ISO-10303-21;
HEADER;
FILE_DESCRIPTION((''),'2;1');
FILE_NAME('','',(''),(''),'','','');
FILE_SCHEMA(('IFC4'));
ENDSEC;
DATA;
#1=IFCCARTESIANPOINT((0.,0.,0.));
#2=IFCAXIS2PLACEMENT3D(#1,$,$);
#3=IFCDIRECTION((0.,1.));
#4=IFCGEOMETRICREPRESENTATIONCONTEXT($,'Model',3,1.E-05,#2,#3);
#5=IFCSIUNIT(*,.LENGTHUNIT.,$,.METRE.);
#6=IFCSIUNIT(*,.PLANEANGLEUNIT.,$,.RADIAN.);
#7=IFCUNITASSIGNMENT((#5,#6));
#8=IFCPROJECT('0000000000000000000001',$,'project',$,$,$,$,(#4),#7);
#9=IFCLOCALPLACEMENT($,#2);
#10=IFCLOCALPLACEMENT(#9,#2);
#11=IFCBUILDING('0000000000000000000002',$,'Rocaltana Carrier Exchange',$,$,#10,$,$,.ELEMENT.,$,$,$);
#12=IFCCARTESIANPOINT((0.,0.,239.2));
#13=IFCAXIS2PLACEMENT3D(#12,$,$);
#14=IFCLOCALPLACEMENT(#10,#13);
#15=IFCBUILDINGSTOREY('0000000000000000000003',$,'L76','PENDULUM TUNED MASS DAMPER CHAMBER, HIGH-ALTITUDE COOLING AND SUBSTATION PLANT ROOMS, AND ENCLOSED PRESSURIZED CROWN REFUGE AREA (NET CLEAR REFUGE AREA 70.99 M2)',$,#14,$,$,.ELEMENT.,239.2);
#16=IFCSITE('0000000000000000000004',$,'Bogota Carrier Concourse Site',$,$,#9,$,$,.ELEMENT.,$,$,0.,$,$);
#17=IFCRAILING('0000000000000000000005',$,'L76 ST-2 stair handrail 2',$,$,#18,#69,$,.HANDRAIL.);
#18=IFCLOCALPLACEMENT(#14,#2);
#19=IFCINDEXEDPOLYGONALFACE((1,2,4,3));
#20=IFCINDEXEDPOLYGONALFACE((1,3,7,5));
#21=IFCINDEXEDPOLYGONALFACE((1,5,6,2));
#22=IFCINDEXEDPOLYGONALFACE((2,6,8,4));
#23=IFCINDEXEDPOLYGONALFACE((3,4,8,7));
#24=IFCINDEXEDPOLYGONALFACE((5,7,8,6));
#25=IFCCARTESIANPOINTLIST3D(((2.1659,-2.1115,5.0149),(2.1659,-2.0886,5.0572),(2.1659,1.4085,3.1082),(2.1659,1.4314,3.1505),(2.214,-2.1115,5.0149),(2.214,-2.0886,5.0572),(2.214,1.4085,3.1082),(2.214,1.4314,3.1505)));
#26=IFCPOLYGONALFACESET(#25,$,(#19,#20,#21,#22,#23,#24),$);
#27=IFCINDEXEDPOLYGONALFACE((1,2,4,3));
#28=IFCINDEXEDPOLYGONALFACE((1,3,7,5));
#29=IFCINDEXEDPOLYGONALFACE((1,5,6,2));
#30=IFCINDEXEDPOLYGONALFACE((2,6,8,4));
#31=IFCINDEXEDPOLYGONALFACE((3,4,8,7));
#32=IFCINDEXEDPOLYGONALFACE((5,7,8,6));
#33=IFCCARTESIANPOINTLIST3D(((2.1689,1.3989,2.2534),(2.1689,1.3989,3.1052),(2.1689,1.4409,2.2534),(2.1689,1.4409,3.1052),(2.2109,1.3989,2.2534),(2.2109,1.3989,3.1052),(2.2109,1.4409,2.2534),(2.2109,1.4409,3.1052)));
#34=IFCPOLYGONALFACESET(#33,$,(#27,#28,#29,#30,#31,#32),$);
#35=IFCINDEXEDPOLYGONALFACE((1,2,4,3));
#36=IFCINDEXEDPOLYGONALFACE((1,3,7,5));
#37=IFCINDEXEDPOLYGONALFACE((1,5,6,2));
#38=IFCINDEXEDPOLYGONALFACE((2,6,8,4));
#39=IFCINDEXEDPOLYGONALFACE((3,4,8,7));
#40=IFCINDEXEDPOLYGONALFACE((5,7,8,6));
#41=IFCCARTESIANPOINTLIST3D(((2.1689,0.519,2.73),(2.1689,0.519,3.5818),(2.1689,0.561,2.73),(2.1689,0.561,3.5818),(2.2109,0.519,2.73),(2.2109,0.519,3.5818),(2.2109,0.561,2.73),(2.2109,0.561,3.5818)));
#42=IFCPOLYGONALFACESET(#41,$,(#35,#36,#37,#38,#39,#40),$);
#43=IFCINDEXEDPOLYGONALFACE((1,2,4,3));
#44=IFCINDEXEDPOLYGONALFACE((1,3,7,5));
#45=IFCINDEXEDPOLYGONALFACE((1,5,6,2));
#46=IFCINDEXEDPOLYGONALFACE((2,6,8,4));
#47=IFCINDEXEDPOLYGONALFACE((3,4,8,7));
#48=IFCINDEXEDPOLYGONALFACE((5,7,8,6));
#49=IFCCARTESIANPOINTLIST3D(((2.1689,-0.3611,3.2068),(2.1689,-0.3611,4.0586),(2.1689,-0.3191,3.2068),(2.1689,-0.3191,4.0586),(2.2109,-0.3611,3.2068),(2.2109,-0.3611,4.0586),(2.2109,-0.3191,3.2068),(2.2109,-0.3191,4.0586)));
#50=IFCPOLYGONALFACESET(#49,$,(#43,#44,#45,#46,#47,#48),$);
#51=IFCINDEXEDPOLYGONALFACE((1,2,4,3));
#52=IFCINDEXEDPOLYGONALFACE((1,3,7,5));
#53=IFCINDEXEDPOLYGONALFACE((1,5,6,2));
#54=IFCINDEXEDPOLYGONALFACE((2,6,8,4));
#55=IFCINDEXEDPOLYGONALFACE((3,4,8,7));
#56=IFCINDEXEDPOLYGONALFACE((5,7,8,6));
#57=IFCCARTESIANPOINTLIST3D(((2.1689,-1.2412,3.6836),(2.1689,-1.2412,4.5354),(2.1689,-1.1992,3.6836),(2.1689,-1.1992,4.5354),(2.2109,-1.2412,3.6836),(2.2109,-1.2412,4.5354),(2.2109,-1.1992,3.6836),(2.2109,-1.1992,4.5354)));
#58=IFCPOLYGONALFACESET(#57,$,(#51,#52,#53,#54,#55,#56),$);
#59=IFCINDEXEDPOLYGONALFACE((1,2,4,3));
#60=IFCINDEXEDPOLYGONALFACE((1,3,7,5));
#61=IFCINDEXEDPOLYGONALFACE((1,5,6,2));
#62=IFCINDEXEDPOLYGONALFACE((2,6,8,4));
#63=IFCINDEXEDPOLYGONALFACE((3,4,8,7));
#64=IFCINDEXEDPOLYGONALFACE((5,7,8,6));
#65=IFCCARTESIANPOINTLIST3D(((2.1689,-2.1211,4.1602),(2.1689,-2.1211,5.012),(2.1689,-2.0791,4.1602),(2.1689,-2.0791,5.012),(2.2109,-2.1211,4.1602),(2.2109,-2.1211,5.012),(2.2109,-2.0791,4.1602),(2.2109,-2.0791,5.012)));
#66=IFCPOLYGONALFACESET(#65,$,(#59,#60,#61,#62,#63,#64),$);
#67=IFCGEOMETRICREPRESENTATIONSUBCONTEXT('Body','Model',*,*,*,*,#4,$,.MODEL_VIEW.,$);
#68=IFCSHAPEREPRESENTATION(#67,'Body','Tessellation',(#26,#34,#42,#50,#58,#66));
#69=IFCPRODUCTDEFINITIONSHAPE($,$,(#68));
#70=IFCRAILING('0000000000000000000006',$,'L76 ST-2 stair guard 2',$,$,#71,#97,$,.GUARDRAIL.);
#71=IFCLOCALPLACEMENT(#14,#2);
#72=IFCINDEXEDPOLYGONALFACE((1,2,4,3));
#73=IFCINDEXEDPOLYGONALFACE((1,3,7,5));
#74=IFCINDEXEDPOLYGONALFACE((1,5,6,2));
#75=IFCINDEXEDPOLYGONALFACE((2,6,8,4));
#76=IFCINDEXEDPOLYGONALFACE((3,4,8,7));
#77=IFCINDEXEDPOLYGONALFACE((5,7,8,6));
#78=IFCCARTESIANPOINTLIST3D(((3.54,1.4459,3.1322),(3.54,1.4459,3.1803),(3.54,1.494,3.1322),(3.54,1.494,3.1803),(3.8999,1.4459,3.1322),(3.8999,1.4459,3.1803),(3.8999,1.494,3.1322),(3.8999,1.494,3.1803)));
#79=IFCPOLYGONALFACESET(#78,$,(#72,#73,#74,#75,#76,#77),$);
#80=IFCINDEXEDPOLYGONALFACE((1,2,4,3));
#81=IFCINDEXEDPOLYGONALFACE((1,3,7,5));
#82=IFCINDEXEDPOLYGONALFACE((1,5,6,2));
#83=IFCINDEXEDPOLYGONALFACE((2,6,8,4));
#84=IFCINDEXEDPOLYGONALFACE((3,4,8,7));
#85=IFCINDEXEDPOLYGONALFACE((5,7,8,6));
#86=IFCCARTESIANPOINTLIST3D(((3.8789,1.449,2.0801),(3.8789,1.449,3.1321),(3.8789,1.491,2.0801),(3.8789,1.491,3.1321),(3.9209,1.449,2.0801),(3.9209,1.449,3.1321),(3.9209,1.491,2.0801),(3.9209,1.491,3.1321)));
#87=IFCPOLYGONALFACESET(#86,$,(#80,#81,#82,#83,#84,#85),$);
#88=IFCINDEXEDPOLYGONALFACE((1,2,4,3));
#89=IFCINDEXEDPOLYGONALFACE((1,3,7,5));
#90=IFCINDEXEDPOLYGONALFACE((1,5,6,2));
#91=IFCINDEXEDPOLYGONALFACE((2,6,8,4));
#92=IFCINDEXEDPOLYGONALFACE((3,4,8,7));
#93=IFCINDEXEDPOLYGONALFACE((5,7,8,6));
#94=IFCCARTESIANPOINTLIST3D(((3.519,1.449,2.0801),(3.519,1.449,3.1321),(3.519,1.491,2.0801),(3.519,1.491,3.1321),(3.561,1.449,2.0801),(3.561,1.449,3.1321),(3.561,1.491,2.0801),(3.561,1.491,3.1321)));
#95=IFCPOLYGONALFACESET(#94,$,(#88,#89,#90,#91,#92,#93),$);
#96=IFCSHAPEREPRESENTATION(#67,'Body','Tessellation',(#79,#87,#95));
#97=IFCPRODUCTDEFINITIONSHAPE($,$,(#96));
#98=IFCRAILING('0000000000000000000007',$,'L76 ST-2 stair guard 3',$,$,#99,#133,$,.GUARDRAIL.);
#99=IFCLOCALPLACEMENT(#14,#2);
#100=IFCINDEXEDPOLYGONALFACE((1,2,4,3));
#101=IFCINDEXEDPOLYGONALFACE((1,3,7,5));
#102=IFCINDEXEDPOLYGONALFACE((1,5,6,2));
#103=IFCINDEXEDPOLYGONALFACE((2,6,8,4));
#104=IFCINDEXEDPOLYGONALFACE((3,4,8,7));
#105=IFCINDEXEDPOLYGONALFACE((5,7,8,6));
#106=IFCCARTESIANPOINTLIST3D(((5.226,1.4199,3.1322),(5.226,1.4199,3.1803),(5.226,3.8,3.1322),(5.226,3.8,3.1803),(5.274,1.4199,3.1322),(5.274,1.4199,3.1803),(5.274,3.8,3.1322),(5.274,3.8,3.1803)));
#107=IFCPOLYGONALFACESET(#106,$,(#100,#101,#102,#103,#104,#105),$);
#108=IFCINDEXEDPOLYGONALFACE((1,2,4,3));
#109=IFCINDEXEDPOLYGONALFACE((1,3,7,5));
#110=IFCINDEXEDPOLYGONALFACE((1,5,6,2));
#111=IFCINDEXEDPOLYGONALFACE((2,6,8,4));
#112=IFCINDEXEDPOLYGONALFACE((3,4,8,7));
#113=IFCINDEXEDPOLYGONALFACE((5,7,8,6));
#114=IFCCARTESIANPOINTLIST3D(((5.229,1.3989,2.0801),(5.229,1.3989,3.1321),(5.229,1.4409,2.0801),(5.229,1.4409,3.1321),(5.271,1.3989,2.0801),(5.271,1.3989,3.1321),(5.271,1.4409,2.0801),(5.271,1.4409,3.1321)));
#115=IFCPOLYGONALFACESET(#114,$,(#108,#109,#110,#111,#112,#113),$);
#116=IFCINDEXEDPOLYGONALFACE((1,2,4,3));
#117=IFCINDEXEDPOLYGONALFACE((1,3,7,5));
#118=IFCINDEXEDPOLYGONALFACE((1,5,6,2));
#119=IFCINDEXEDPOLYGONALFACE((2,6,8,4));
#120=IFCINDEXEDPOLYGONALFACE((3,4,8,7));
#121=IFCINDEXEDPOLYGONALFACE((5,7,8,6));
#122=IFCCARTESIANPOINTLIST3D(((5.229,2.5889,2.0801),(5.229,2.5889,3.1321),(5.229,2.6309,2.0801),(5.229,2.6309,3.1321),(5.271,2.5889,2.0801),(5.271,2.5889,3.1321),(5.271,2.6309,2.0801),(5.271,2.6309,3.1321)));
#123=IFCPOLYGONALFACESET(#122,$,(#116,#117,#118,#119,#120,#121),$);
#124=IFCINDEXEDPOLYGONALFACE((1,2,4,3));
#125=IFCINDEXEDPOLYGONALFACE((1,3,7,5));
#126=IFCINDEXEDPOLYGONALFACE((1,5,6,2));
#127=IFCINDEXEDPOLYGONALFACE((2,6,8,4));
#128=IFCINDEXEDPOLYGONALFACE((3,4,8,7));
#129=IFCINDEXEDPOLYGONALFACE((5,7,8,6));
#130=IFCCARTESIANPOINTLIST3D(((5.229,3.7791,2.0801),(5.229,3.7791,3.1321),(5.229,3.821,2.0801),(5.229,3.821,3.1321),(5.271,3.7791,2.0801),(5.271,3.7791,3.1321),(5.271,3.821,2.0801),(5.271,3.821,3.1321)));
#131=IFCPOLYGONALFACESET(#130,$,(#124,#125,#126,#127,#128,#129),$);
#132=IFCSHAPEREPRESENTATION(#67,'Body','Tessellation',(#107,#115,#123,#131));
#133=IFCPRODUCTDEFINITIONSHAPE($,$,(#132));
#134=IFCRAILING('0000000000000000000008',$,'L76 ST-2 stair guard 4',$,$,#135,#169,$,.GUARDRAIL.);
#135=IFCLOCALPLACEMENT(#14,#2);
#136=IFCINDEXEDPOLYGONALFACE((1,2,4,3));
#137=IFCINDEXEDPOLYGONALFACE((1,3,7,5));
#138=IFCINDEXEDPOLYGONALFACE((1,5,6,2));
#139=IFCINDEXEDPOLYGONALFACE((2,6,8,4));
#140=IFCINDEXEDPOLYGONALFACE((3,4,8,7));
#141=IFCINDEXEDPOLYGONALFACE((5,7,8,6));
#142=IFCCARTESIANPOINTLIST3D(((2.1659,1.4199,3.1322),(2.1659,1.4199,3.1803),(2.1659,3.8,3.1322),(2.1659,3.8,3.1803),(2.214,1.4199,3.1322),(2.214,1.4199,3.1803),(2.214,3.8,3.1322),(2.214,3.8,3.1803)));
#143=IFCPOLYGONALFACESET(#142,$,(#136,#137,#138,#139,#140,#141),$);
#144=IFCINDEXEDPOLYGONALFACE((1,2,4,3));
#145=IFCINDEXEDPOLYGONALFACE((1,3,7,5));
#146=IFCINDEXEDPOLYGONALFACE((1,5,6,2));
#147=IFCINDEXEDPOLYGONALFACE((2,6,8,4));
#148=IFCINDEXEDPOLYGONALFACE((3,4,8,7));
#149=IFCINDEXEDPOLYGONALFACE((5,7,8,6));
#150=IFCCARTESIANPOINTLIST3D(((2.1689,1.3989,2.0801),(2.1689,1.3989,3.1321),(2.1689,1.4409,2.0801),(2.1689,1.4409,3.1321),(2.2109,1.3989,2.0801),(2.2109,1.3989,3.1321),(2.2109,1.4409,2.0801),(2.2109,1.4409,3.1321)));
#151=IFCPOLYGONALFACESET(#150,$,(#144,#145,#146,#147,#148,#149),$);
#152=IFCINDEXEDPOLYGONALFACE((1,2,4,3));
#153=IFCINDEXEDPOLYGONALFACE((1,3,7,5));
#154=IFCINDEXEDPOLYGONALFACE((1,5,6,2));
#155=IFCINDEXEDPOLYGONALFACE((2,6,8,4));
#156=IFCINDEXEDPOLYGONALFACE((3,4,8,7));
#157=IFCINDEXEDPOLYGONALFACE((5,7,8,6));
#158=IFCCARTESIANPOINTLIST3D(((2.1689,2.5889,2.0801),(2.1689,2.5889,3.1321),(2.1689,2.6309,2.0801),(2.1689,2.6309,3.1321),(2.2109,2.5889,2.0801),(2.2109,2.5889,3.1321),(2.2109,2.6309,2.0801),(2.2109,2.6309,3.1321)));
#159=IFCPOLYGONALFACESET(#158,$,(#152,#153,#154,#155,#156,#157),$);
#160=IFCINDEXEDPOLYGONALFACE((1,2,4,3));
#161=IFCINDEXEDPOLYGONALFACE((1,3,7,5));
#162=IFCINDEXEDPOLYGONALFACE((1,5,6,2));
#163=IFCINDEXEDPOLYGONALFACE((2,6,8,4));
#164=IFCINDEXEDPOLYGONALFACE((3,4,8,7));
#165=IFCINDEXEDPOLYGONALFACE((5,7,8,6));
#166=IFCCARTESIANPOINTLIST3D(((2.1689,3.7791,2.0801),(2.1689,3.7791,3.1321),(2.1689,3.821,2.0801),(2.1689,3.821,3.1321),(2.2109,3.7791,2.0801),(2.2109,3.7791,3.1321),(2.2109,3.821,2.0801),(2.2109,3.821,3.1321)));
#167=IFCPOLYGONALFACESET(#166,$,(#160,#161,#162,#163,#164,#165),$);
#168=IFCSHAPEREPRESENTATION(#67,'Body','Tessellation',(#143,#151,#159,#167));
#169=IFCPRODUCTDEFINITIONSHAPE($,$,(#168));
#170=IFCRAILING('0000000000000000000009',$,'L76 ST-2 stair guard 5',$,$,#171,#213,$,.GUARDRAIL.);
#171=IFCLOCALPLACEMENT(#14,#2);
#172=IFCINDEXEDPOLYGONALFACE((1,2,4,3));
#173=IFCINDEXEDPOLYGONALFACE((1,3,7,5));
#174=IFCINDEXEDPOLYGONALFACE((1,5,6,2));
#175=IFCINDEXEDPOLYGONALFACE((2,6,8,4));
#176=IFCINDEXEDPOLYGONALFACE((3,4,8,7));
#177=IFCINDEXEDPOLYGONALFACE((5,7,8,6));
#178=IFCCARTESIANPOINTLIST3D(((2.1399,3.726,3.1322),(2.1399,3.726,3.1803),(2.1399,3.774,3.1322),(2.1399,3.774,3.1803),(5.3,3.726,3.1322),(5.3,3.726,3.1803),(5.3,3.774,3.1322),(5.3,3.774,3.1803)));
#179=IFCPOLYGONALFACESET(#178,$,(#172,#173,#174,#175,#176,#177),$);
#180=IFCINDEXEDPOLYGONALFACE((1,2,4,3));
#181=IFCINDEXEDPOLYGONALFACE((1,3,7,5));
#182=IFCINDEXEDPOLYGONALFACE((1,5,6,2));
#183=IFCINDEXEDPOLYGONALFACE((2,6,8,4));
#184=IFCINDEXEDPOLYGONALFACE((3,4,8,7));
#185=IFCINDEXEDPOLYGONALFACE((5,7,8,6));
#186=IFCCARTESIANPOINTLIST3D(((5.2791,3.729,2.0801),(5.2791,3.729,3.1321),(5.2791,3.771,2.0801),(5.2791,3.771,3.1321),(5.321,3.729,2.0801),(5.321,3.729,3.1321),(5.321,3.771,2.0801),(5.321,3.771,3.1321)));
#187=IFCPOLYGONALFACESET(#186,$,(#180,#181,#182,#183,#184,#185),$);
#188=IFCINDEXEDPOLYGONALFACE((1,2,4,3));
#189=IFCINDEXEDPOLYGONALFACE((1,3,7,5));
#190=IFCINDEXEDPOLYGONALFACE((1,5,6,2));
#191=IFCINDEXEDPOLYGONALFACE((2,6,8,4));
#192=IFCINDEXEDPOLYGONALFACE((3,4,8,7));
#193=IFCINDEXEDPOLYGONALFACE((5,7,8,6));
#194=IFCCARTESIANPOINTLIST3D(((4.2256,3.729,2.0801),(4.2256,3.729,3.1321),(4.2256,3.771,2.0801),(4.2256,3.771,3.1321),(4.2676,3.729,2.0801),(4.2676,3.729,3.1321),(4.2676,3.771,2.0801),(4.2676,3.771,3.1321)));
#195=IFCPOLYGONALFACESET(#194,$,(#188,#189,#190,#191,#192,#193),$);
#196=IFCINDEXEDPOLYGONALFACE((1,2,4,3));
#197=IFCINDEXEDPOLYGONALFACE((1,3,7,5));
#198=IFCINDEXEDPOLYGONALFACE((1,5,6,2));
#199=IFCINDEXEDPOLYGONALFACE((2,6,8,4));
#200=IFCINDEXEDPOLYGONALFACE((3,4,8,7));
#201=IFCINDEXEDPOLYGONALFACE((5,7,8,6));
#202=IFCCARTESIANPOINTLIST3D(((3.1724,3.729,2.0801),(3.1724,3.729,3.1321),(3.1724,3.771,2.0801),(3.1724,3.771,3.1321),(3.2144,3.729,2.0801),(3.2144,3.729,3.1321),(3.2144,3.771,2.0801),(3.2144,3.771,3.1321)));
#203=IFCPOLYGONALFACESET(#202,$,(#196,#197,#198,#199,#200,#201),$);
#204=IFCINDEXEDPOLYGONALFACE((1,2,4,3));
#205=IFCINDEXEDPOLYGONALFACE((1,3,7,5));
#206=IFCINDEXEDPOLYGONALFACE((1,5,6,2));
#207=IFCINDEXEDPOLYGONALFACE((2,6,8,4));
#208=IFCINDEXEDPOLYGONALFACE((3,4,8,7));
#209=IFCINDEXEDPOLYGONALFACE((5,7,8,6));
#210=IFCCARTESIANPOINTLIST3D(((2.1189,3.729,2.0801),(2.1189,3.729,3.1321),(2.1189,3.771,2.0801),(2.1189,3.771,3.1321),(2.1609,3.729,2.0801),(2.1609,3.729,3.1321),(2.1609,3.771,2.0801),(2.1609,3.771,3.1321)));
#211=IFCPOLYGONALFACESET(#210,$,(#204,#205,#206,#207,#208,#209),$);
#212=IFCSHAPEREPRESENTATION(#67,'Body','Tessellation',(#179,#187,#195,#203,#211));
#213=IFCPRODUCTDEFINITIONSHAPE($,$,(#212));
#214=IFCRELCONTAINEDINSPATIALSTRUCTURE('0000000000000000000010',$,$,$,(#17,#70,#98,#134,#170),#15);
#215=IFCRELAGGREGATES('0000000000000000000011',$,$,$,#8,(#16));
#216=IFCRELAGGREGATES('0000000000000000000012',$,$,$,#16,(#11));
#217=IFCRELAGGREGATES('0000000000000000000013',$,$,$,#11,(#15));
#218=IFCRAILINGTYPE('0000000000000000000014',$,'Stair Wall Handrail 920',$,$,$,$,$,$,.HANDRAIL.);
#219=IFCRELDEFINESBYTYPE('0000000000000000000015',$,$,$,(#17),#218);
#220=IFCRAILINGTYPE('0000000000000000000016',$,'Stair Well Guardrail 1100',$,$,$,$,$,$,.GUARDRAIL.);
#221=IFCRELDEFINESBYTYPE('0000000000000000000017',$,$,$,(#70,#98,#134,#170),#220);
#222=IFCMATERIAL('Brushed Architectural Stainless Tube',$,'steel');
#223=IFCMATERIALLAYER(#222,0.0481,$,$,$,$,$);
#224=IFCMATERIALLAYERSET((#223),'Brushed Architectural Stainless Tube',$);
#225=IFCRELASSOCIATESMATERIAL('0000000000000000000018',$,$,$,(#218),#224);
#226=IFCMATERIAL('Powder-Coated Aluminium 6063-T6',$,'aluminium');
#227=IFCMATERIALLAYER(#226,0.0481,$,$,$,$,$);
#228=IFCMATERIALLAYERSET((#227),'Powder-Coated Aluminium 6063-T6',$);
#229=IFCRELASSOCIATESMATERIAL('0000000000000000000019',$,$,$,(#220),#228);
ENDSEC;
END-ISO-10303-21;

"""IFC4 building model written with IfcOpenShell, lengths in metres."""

from ifc_helpers import new_model, si_unit, direction, frame, origin, origin_2d, place, context, subcontext, project, spatial, rectangle, extrude, material, layer, layer_set, type_object, element, save


model = new_model("IFC4")

# Units and contexts
model_context = context("Model", 3, precision=1e-05, world=origin(), true_north=direction((0.0, 1.0)))
body_context = subcontext(model_context, "Body", "Model", "MODEL_VIEW")
ifc_project = project(units=[si_unit("LENGTHUNIT", "METRE"), si_unit("PLANEANGLEUNIT", "RADIAN")], contexts=[model_context])

# Site, building, storey
site_placement = place(None, origin())
site = spatial("IfcSite", under=ifc_project, at=site_placement, Name="Bogota Carrier Concourse Site", CompositionType="ELEMENT", RefElevation=0.0)
building_placement = place(site_placement, origin())
building = spatial("IfcBuilding", under=site, at=building_placement, Name="Rocaltana Carrier Exchange", CompositionType="ELEMENT")
storey_placement = place(building_placement, frame((0.0, 0.0, 239.2)))
storey = spatial("IfcBuildingStorey", under=building, at=storey_placement, Name="L76", Description="PENDULUM TUNED MASS DAMPER CHAMBER, HIGH-ALTITUDE COOLING AND SUBSTATION PLANT ROOMS, AND ENCLOSED PRESSURIZED CROWN REFUGE AREA (NET CLEAR REFUGE AREA 70.99 M2)", CompositionType="ELEMENT", Elevation=239.2)

# Railings
ifc_material_1 = material(Name="Brushed Architectural Stainless Tube", Category="steel")
ifc_layer_1 = layer(ifc_material_1, 0.0481)
ifc_layer_set_1 = layer_set([ifc_layer_1], Name="Brushed Architectural Stainless Tube")
railing_type_1 = type_object("IfcRailingType", Name="Stair Wall Handrail 920", PredefinedType="HANDRAIL", material=ifc_layer_set_1)
railing_1_placement = place(storey_placement, frame((2.1899, 1.4199, 2.2534)))
element("IfcRailing", 1, at=railing_1_placement, inside=storey, type_object=railing_type_1, Name="L76 ST-2 stair handrail 2", PredefinedType="HANDRAIL", context=body_context, shape_type="SweptSolid", body=[
    extrude(rectangle(XDim=0.0481, YDim=0.0481, at=origin_2d()), frame((0.0, 0.0, 0.876), z_axis=(0.0, -0.879286, 0.476295), x_axis=(1.0, 0.0, 0.0)), (0.0, 0.0, 1.0), 4.0032),
    extrude(rectangle(XDim=0.042, YDim=0.042, at=origin_2d()), origin(), (0.0, 0.0, 1.0), 0.8518),
    extrude(rectangle(XDim=0.042, YDim=0.042, at=origin_2d()), frame((0.0, -0.8799, 0.4766)), (0.0, 0.0, 1.0), 0.8518),
    extrude(rectangle(XDim=0.042, YDim=0.042, at=origin_2d()), frame((0.0, -1.76, 0.9534)), (0.0, 0.0, 1.0), 0.8518),
    extrude(rectangle(XDim=0.042, YDim=0.042, at=origin_2d()), frame((0.0, -2.6401, 1.4302)), (0.0, 0.0, 1.0), 0.8518),
    extrude(rectangle(XDim=0.042, YDim=0.042, at=origin_2d()), frame((0.0, -3.52, 1.9067)), (0.0, 0.0, 1.0), 0.8518),
])
ifc_material_2 = material(Name="Powder-Coated Aluminium 6063-T6", Category="aluminium")
ifc_layer_2 = layer(ifc_material_2, 0.0481)
ifc_layer_set_2 = layer_set([ifc_layer_2], Name="Powder-Coated Aluminium 6063-T6")
railing_type_2 = type_object("IfcRailingType", Name="Stair Well Guardrail 1100", PredefinedType="GUARDRAIL", material=ifc_layer_set_2)
railing_2_placement = place(storey_placement, frame((3.8999, 1.47, 2.0801)))
element("IfcRailing", 2, at=railing_2_placement, inside=storey, type_object=railing_type_2, Name="L76 ST-2 stair guard 2", PredefinedType="GUARDRAIL", context=body_context, shape_type="SweptSolid", body=[
    extrude(rectangle(XDim=0.0481, YDim=0.0481, at=origin_2d()), frame((0.0, 0.0, 1.0762), z_axis=(-1.0, 0.0, 0.0), x_axis=(0.0, -1.0, 0.0)), (0.0, 0.0, 1.0), 0.3599),
    extrude(rectangle(XDim=0.042, YDim=0.042, at=origin_2d()), origin(), (0.0, 0.0, 1.0), 1.052),
    extrude(rectangle(XDim=0.042, YDim=0.042, at=origin_2d()), frame((-0.3599, 0.0, 0.0)), (0.0, 0.0, 1.0), 1.052),
])
for number, where, name in (
    (3, (5.25, 1.4199, 2.0801), "L76 ST-2 stair guard 3"),
    (4, (2.1899, 1.4199, 2.0801), "L76 ST-2 stair guard 4"),
):
    element("IfcRailing", number, at=place(storey_placement, frame(where)), inside=storey, type_object=railing_type_2, Name=name, PredefinedType="GUARDRAIL", context=body_context, shape_type="SweptSolid", body=[
        extrude(rectangle(XDim=0.0481, YDim=0.0481, at=origin_2d()), frame((0.0, 0.0, 1.0762), z_axis=(0.0, 1.0, 0.0), x_axis=(-1.0, 0.0, 0.0)), (0.0, 0.0, 1.0), 2.3801),
        extrude(rectangle(XDim=0.042, YDim=0.042, at=origin_2d()), origin(), (0.0, 0.0, 1.0), 1.052),
        extrude(rectangle(XDim=0.042, YDim=0.042, at=origin_2d()), frame((0.0, 1.1899, 0.0)), (0.0, 0.0, 1.0), 1.052),
        extrude(rectangle(XDim=0.042, YDim=0.042, at=origin_2d()), frame((0.0, 2.3801, 0.0)), (0.0, 0.0, 1.0), 1.052),
    ])
railing_3_placement = place(storey_placement, frame((5.3, 3.75, 2.0801)))
element("IfcRailing", 5, at=railing_3_placement, inside=storey, type_object=railing_type_2, Name="L76 ST-2 stair guard 5", PredefinedType="GUARDRAIL", context=body_context, shape_type="SweptSolid", body=[
    extrude(rectangle(XDim=0.0481, YDim=0.0481, at=origin_2d()), frame((0.0, 0.0, 1.0762), z_axis=(-1.0, 0.0, 0.0), x_axis=(0.0, -1.0, 0.0)), (0.0, 0.0, 1.0), 3.1602),
    extrude(rectangle(XDim=0.042, YDim=0.042, at=origin_2d()), origin(), (0.0, 0.0, 1.0), 1.052),
    extrude(rectangle(XDim=0.042, YDim=0.042, at=origin_2d()), frame((-1.0535, 0.0, 0.0)), (0.0, 0.0, 1.0), 1.052),
    extrude(rectangle(XDim=0.042, YDim=0.042, at=origin_2d()), frame((-2.1067, 0.0, 0.0)), (0.0, 0.0, 1.0), 1.052),
    extrude(rectangle(XDim=0.042, YDim=0.042, at=origin_2d()), frame((-3.1602, 0.0, 0.0)), (0.0, 0.0, 1.0), 1.052),
])

save(model, "model.ifc")
